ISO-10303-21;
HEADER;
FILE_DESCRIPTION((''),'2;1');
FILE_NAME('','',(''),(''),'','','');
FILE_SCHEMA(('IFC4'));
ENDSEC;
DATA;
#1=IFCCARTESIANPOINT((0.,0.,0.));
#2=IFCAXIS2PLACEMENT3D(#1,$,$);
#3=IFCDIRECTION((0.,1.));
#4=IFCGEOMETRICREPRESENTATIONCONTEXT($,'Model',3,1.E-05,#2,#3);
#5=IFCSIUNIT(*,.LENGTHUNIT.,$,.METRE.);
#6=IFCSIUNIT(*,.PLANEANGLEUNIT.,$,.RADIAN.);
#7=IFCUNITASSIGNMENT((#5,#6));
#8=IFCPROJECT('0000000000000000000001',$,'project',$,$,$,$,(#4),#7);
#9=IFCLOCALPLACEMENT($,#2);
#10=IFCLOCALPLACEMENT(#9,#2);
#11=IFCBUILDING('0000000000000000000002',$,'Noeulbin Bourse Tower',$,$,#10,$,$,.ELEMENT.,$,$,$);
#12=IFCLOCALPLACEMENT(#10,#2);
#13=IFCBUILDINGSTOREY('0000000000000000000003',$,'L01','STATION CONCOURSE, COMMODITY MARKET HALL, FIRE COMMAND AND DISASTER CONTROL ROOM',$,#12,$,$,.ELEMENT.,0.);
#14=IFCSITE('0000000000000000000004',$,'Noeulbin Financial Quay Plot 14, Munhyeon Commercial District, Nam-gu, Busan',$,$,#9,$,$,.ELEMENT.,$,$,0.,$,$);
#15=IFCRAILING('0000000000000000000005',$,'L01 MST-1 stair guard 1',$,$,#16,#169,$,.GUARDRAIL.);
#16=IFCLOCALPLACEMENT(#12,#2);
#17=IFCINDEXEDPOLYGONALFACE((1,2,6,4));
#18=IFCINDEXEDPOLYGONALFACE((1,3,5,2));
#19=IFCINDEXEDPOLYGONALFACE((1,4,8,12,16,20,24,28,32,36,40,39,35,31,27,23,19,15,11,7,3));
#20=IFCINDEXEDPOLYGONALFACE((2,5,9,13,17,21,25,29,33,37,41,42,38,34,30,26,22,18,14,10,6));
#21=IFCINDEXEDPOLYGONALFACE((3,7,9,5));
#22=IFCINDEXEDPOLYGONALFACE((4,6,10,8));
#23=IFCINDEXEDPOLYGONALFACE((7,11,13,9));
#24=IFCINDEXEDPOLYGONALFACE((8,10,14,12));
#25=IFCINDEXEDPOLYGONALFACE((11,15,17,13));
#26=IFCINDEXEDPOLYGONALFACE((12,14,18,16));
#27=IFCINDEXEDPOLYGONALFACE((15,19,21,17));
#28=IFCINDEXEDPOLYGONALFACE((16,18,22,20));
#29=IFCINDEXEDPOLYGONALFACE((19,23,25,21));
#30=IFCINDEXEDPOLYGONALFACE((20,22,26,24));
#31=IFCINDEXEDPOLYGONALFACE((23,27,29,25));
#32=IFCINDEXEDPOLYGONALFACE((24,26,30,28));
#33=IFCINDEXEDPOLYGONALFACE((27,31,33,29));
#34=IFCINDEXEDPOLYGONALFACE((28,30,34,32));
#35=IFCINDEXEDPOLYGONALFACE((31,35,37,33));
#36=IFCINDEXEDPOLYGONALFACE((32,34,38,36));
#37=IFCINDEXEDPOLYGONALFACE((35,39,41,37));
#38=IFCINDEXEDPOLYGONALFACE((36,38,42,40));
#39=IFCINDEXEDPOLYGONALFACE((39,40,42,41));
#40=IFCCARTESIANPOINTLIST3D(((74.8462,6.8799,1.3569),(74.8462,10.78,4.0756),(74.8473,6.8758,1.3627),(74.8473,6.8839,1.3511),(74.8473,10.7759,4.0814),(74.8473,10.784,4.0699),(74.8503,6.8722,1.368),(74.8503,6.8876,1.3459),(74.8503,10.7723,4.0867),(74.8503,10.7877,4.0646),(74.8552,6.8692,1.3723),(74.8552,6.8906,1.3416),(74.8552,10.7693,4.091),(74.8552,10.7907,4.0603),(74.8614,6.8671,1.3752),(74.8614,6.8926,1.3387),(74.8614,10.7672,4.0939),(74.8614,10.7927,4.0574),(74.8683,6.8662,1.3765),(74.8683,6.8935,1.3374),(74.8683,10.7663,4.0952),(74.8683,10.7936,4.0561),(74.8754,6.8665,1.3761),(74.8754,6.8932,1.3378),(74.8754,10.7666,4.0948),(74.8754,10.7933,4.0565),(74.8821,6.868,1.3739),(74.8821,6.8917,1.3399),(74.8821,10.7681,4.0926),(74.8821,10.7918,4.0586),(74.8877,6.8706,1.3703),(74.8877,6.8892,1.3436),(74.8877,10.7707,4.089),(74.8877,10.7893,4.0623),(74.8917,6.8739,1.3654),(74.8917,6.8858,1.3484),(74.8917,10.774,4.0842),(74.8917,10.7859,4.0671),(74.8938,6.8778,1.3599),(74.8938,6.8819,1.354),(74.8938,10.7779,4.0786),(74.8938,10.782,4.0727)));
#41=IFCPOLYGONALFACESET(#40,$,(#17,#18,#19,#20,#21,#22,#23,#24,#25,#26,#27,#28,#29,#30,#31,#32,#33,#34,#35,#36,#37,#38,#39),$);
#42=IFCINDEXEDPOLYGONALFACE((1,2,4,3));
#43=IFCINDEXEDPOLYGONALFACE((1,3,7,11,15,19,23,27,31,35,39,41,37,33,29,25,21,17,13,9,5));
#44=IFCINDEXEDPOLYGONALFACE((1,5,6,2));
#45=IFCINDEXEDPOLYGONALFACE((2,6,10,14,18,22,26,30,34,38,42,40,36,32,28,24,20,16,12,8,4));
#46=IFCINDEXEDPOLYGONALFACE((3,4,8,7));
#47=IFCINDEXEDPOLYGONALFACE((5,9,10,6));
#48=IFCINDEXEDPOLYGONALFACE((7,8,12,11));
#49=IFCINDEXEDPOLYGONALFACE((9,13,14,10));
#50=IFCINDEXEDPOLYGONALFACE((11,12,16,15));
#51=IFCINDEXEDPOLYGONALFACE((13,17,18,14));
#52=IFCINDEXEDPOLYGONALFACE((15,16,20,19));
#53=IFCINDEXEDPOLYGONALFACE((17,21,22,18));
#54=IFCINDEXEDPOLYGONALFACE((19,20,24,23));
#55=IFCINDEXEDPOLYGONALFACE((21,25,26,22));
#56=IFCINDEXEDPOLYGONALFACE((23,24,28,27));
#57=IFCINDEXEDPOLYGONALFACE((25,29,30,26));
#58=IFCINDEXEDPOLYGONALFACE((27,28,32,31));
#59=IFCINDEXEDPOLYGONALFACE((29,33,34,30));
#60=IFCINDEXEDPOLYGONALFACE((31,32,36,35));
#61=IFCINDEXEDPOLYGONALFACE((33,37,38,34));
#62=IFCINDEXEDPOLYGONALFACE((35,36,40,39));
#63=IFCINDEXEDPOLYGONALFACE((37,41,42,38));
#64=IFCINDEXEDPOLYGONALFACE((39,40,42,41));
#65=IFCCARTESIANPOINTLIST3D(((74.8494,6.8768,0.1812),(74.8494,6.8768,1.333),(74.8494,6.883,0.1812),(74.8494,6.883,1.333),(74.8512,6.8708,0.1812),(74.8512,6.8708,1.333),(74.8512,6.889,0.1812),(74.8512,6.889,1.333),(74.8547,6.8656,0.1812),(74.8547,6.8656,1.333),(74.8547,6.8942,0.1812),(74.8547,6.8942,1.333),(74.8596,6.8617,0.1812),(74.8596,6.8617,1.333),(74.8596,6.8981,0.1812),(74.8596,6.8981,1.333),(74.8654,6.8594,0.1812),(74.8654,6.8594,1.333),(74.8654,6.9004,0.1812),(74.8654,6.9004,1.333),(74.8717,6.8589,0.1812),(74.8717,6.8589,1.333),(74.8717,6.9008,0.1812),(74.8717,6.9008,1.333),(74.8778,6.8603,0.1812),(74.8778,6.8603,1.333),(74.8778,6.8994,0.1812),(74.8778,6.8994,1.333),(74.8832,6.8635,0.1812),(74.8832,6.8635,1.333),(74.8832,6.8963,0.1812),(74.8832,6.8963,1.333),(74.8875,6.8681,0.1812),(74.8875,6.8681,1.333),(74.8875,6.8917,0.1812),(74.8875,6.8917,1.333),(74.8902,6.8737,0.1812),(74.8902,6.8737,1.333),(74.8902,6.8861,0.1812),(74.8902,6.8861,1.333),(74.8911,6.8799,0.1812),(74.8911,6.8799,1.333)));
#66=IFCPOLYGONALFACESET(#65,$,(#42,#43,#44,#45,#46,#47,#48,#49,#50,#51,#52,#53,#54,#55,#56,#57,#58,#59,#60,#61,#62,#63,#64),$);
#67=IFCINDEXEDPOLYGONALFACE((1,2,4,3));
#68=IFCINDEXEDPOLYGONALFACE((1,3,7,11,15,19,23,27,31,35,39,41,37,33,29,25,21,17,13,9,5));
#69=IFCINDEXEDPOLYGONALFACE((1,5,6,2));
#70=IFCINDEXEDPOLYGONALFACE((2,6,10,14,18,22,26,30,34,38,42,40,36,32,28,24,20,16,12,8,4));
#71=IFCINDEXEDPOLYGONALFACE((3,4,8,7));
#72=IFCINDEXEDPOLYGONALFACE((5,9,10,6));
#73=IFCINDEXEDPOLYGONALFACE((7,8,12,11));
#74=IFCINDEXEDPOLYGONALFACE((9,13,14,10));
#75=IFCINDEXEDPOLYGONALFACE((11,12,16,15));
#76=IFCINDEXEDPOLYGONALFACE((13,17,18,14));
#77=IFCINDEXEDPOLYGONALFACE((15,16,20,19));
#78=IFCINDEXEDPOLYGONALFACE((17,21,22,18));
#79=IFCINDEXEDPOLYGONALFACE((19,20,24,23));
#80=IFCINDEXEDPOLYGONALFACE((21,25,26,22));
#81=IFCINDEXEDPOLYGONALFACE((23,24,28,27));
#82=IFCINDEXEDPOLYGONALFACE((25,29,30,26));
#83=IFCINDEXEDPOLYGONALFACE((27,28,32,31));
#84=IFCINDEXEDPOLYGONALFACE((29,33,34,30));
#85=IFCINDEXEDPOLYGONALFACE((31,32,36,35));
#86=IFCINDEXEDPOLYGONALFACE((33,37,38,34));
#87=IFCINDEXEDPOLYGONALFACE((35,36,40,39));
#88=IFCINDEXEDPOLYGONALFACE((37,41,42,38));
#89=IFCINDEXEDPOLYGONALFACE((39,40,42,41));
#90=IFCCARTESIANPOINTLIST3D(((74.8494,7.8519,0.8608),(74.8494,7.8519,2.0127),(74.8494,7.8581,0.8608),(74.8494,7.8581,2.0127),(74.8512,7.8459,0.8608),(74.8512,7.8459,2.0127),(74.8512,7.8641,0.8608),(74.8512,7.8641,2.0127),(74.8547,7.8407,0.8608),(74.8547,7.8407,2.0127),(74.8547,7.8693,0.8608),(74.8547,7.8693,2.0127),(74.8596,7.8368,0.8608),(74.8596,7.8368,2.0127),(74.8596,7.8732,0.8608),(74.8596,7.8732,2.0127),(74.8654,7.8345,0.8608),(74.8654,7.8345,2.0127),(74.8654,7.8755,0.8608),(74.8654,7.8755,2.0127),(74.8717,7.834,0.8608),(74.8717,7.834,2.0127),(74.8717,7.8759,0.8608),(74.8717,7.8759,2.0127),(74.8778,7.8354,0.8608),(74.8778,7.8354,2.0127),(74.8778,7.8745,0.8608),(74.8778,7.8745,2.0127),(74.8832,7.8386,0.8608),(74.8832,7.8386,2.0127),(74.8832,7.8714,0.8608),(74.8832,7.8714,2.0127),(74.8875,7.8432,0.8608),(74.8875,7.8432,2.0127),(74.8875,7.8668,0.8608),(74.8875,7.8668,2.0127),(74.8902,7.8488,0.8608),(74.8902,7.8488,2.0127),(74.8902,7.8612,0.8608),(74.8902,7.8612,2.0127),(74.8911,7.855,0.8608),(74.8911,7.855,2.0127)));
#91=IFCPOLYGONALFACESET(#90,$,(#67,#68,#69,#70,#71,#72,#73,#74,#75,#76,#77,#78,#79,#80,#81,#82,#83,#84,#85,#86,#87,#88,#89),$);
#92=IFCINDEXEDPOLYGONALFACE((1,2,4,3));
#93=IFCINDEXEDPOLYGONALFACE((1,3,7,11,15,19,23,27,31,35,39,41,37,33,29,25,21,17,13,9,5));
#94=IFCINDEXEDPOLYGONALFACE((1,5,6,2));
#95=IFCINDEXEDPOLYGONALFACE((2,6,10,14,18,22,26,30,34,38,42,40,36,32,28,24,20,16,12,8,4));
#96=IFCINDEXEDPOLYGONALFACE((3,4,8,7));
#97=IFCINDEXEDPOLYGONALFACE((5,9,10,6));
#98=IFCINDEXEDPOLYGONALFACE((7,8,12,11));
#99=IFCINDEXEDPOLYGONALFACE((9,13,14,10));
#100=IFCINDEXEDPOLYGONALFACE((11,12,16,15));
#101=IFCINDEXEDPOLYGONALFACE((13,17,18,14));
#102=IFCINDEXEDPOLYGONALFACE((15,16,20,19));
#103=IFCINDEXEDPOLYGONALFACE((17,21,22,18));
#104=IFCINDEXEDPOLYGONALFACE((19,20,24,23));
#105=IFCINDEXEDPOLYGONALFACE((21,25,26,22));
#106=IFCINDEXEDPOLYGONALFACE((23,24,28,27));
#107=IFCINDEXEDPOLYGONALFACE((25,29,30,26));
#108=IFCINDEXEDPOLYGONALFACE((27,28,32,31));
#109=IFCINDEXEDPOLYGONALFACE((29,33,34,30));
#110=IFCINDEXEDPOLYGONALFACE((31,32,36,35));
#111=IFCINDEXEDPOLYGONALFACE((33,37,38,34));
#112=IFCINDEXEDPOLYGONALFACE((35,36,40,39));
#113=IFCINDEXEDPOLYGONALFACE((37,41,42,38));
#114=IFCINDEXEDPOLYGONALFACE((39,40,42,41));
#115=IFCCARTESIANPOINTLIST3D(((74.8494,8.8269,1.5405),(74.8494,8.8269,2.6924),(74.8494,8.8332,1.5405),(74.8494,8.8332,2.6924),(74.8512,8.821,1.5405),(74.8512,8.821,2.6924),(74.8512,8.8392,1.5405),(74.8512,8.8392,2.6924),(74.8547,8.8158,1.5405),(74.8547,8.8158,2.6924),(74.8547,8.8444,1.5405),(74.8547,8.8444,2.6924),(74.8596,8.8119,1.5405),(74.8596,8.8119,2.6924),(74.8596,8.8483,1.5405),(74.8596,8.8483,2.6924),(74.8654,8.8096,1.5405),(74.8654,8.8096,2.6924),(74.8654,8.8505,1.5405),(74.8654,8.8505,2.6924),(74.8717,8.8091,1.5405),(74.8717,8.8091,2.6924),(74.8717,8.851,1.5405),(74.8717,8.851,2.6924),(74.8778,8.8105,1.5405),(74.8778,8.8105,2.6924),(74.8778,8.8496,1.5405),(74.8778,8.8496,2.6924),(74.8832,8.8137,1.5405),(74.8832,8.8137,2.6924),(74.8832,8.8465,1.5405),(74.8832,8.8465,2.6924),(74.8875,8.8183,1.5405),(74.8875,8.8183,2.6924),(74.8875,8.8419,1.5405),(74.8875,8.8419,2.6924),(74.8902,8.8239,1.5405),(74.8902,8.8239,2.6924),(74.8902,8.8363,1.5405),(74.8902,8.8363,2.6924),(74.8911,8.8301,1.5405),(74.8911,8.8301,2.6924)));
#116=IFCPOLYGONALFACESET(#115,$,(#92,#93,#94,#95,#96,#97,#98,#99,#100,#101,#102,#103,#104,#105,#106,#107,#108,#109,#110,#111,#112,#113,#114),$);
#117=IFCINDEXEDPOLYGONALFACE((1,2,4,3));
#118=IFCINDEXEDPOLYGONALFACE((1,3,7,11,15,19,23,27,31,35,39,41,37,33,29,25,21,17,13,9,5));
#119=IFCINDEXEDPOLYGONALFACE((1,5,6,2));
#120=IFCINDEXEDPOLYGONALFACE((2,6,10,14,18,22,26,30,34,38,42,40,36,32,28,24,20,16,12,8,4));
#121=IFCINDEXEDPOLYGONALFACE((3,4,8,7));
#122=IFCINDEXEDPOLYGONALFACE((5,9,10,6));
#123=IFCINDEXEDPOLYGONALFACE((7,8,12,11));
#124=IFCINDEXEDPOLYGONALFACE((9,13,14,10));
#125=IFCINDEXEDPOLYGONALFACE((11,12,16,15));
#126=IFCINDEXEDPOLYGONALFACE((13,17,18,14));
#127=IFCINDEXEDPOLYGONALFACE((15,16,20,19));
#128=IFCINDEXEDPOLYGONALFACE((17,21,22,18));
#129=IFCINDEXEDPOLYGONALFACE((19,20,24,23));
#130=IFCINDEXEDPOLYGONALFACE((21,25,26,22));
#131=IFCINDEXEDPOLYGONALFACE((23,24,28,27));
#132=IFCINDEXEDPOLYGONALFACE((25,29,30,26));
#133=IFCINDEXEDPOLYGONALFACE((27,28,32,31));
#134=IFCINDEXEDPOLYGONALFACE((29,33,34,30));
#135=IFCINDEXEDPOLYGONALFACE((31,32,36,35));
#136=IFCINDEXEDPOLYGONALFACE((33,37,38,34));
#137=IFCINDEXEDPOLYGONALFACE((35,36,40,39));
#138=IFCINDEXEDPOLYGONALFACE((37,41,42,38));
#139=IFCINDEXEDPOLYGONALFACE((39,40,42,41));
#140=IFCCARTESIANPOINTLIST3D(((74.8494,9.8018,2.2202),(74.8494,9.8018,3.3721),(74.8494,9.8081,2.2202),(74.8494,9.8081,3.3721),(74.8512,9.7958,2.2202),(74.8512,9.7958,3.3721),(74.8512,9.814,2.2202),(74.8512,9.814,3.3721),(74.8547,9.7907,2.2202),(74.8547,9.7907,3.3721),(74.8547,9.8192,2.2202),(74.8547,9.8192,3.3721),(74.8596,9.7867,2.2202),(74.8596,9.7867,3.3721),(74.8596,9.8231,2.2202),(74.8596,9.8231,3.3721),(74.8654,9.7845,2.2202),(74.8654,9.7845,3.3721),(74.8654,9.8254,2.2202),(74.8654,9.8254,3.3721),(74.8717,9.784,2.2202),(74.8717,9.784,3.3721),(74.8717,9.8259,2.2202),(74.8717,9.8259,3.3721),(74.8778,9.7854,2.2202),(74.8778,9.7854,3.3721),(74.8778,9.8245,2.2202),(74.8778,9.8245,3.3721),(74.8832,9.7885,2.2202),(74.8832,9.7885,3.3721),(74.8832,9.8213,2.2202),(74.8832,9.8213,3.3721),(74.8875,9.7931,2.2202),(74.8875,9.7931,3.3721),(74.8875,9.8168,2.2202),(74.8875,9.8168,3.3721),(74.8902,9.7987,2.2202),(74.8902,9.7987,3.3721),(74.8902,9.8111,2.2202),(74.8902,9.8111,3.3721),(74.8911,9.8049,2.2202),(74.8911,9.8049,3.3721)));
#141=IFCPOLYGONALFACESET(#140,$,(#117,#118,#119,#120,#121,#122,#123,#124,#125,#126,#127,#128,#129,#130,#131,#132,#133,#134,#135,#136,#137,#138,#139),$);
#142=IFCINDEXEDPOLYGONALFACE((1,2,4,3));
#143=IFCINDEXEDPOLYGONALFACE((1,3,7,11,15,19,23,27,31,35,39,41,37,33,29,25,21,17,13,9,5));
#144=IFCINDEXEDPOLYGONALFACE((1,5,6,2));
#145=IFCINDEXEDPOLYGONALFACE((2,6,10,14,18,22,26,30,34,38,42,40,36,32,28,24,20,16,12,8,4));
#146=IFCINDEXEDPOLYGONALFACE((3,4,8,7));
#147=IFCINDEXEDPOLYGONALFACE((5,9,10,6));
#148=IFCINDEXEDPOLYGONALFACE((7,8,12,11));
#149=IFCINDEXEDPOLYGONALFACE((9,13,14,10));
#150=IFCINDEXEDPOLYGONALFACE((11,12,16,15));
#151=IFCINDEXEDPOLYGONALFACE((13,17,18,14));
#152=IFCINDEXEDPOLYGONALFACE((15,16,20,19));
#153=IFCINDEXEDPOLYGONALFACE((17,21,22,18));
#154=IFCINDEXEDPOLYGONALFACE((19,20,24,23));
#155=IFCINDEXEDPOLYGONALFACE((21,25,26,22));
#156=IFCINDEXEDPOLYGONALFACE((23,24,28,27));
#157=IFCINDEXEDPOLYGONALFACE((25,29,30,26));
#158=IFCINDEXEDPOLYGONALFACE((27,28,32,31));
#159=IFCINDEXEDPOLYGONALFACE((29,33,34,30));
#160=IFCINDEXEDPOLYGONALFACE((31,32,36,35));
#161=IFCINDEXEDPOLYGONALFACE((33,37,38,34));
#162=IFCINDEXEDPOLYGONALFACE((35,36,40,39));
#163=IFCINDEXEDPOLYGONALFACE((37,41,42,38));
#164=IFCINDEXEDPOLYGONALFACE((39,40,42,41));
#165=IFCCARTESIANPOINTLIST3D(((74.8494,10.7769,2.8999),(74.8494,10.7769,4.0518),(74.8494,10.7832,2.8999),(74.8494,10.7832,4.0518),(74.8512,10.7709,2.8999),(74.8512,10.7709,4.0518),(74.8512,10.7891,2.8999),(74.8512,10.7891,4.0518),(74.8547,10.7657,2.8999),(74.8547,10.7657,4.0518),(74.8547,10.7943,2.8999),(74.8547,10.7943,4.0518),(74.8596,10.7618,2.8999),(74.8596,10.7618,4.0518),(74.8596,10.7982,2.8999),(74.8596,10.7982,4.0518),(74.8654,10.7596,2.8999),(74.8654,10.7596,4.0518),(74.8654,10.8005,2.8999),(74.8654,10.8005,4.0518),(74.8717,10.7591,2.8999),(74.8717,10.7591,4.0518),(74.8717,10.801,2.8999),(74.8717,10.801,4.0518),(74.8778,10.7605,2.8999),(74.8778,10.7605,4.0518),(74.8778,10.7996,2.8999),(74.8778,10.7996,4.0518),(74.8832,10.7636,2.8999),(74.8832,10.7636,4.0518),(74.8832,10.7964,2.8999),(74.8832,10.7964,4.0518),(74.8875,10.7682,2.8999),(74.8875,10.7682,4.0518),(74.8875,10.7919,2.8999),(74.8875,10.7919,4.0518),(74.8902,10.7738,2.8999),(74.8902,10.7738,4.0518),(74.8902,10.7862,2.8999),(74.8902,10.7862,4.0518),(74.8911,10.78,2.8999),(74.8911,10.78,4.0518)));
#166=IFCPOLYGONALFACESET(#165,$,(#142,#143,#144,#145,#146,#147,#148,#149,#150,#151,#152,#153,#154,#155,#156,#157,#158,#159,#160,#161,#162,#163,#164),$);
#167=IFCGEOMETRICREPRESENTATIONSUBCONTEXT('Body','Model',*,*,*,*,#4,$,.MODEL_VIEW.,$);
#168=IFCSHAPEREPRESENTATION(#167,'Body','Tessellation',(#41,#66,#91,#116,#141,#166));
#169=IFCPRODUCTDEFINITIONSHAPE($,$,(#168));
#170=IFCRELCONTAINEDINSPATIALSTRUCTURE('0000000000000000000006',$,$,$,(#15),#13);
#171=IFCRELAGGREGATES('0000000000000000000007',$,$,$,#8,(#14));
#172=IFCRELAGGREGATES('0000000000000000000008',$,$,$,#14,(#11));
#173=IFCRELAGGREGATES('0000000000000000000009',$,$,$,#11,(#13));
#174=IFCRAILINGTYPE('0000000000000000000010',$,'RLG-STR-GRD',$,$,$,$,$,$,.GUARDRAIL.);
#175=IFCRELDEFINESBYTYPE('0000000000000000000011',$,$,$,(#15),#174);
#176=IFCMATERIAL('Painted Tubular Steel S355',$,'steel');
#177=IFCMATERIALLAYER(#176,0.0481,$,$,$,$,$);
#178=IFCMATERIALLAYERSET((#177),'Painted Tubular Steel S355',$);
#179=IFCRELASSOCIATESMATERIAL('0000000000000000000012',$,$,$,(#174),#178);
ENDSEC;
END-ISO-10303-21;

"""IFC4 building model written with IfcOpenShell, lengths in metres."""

from ifc_helpers import new_model, si_unit, direction, frame, origin, origin_2d, place, context, subcontext, project, spatial, circle, extrude, material, layer, layer_set, type_object, element, save


model = new_model("IFC4")

# Units and contexts
model_context = context("Model", 3, precision=1e-05, world=origin(), true_north=direction((0.0, 1.0)))
body_context = subcontext(model_context, "Body", "Model", "MODEL_VIEW")
ifc_project = project(units=[si_unit("LENGTHUNIT", "METRE"), si_unit("PLANEANGLEUNIT", "RADIAN")], contexts=[model_context])

# Site, building, storey
site_placement = place(None, origin())
site = spatial("IfcSite", under=ifc_project, at=site_placement, Name="Noeulbin Financial Quay Plot 14, Munhyeon Commercial District, Nam-gu, Busan", CompositionType="ELEMENT", RefElevation=0.0)
building_placement = place(site_placement, origin())
building = spatial("IfcBuilding", under=site, at=building_placement, Name="Noeulbin Bourse Tower", CompositionType="ELEMENT")
storey_placement = place(building_placement, origin())
storey = spatial("IfcBuildingStorey", under=building, at=storey_placement, Name="L01", Description="STATION CONCOURSE, COMMODITY MARKET HALL, FIRE COMMAND AND DISASTER CONTROL ROOM", CompositionType="ELEMENT", Elevation=0.0)

# Railing
ifc_material_1 = material(Name="Painted Tubular Steel S355", Category="steel")
ifc_layer_1 = layer(ifc_material_1, 0.0481)
ifc_layer_set_1 = layer_set([ifc_layer_1], Name="Painted Tubular Steel S355")
railing_type_1 = type_object("IfcRailingType", Name="RLG-STR-GRD", PredefinedType="GUARDRAIL", material=ifc_layer_set_1)
railing_1_placement = place(storey_placement, frame((74.8701, 6.8799, 0.1812)))
element("IfcRailing", 1, at=railing_1_placement, inside=storey, type_object=railing_type_1, Name="L01 MST-1 stair guard 1", PredefinedType="GUARDRAIL", context=body_context, shape_type="SweptSolid", body=[
    extrude(circle(Radius=0.0239, at=origin_2d()), frame((0.0, 0.0, 1.1758), z_axis=(0.0, 0.820352, 0.571859), x_axis=(-1.0, 0.0, 0.0)), (0.0, 0.0, 1.0), 4.7542),
    extrude(circle(Radius=0.021, at=origin_2d()), origin(), (0.0, 0.0, 1.0), 1.1519),
    extrude(circle(Radius=0.021, at=origin_2d()), frame((0.0, 0.9751, 0.6797)), (0.0, 0.0, 1.0), 1.1519),
    extrude(circle(Radius=0.021, at=origin_2d()), frame((0.0, 1.9502, 1.3594)), (0.0, 0.0, 1.0), 1.1519),
    extrude(circle(Radius=0.021, at=origin_2d()), frame((0.0, 2.925, 2.0391)), (0.0, 0.0, 1.0), 1.1519),
    extrude(circle(Radius=0.021, at=origin_2d()), frame((0.0, 3.9001, 2.7188)), (0.0, 0.0, 1.0), 1.1519),
])

save(model, "model.ifc")
